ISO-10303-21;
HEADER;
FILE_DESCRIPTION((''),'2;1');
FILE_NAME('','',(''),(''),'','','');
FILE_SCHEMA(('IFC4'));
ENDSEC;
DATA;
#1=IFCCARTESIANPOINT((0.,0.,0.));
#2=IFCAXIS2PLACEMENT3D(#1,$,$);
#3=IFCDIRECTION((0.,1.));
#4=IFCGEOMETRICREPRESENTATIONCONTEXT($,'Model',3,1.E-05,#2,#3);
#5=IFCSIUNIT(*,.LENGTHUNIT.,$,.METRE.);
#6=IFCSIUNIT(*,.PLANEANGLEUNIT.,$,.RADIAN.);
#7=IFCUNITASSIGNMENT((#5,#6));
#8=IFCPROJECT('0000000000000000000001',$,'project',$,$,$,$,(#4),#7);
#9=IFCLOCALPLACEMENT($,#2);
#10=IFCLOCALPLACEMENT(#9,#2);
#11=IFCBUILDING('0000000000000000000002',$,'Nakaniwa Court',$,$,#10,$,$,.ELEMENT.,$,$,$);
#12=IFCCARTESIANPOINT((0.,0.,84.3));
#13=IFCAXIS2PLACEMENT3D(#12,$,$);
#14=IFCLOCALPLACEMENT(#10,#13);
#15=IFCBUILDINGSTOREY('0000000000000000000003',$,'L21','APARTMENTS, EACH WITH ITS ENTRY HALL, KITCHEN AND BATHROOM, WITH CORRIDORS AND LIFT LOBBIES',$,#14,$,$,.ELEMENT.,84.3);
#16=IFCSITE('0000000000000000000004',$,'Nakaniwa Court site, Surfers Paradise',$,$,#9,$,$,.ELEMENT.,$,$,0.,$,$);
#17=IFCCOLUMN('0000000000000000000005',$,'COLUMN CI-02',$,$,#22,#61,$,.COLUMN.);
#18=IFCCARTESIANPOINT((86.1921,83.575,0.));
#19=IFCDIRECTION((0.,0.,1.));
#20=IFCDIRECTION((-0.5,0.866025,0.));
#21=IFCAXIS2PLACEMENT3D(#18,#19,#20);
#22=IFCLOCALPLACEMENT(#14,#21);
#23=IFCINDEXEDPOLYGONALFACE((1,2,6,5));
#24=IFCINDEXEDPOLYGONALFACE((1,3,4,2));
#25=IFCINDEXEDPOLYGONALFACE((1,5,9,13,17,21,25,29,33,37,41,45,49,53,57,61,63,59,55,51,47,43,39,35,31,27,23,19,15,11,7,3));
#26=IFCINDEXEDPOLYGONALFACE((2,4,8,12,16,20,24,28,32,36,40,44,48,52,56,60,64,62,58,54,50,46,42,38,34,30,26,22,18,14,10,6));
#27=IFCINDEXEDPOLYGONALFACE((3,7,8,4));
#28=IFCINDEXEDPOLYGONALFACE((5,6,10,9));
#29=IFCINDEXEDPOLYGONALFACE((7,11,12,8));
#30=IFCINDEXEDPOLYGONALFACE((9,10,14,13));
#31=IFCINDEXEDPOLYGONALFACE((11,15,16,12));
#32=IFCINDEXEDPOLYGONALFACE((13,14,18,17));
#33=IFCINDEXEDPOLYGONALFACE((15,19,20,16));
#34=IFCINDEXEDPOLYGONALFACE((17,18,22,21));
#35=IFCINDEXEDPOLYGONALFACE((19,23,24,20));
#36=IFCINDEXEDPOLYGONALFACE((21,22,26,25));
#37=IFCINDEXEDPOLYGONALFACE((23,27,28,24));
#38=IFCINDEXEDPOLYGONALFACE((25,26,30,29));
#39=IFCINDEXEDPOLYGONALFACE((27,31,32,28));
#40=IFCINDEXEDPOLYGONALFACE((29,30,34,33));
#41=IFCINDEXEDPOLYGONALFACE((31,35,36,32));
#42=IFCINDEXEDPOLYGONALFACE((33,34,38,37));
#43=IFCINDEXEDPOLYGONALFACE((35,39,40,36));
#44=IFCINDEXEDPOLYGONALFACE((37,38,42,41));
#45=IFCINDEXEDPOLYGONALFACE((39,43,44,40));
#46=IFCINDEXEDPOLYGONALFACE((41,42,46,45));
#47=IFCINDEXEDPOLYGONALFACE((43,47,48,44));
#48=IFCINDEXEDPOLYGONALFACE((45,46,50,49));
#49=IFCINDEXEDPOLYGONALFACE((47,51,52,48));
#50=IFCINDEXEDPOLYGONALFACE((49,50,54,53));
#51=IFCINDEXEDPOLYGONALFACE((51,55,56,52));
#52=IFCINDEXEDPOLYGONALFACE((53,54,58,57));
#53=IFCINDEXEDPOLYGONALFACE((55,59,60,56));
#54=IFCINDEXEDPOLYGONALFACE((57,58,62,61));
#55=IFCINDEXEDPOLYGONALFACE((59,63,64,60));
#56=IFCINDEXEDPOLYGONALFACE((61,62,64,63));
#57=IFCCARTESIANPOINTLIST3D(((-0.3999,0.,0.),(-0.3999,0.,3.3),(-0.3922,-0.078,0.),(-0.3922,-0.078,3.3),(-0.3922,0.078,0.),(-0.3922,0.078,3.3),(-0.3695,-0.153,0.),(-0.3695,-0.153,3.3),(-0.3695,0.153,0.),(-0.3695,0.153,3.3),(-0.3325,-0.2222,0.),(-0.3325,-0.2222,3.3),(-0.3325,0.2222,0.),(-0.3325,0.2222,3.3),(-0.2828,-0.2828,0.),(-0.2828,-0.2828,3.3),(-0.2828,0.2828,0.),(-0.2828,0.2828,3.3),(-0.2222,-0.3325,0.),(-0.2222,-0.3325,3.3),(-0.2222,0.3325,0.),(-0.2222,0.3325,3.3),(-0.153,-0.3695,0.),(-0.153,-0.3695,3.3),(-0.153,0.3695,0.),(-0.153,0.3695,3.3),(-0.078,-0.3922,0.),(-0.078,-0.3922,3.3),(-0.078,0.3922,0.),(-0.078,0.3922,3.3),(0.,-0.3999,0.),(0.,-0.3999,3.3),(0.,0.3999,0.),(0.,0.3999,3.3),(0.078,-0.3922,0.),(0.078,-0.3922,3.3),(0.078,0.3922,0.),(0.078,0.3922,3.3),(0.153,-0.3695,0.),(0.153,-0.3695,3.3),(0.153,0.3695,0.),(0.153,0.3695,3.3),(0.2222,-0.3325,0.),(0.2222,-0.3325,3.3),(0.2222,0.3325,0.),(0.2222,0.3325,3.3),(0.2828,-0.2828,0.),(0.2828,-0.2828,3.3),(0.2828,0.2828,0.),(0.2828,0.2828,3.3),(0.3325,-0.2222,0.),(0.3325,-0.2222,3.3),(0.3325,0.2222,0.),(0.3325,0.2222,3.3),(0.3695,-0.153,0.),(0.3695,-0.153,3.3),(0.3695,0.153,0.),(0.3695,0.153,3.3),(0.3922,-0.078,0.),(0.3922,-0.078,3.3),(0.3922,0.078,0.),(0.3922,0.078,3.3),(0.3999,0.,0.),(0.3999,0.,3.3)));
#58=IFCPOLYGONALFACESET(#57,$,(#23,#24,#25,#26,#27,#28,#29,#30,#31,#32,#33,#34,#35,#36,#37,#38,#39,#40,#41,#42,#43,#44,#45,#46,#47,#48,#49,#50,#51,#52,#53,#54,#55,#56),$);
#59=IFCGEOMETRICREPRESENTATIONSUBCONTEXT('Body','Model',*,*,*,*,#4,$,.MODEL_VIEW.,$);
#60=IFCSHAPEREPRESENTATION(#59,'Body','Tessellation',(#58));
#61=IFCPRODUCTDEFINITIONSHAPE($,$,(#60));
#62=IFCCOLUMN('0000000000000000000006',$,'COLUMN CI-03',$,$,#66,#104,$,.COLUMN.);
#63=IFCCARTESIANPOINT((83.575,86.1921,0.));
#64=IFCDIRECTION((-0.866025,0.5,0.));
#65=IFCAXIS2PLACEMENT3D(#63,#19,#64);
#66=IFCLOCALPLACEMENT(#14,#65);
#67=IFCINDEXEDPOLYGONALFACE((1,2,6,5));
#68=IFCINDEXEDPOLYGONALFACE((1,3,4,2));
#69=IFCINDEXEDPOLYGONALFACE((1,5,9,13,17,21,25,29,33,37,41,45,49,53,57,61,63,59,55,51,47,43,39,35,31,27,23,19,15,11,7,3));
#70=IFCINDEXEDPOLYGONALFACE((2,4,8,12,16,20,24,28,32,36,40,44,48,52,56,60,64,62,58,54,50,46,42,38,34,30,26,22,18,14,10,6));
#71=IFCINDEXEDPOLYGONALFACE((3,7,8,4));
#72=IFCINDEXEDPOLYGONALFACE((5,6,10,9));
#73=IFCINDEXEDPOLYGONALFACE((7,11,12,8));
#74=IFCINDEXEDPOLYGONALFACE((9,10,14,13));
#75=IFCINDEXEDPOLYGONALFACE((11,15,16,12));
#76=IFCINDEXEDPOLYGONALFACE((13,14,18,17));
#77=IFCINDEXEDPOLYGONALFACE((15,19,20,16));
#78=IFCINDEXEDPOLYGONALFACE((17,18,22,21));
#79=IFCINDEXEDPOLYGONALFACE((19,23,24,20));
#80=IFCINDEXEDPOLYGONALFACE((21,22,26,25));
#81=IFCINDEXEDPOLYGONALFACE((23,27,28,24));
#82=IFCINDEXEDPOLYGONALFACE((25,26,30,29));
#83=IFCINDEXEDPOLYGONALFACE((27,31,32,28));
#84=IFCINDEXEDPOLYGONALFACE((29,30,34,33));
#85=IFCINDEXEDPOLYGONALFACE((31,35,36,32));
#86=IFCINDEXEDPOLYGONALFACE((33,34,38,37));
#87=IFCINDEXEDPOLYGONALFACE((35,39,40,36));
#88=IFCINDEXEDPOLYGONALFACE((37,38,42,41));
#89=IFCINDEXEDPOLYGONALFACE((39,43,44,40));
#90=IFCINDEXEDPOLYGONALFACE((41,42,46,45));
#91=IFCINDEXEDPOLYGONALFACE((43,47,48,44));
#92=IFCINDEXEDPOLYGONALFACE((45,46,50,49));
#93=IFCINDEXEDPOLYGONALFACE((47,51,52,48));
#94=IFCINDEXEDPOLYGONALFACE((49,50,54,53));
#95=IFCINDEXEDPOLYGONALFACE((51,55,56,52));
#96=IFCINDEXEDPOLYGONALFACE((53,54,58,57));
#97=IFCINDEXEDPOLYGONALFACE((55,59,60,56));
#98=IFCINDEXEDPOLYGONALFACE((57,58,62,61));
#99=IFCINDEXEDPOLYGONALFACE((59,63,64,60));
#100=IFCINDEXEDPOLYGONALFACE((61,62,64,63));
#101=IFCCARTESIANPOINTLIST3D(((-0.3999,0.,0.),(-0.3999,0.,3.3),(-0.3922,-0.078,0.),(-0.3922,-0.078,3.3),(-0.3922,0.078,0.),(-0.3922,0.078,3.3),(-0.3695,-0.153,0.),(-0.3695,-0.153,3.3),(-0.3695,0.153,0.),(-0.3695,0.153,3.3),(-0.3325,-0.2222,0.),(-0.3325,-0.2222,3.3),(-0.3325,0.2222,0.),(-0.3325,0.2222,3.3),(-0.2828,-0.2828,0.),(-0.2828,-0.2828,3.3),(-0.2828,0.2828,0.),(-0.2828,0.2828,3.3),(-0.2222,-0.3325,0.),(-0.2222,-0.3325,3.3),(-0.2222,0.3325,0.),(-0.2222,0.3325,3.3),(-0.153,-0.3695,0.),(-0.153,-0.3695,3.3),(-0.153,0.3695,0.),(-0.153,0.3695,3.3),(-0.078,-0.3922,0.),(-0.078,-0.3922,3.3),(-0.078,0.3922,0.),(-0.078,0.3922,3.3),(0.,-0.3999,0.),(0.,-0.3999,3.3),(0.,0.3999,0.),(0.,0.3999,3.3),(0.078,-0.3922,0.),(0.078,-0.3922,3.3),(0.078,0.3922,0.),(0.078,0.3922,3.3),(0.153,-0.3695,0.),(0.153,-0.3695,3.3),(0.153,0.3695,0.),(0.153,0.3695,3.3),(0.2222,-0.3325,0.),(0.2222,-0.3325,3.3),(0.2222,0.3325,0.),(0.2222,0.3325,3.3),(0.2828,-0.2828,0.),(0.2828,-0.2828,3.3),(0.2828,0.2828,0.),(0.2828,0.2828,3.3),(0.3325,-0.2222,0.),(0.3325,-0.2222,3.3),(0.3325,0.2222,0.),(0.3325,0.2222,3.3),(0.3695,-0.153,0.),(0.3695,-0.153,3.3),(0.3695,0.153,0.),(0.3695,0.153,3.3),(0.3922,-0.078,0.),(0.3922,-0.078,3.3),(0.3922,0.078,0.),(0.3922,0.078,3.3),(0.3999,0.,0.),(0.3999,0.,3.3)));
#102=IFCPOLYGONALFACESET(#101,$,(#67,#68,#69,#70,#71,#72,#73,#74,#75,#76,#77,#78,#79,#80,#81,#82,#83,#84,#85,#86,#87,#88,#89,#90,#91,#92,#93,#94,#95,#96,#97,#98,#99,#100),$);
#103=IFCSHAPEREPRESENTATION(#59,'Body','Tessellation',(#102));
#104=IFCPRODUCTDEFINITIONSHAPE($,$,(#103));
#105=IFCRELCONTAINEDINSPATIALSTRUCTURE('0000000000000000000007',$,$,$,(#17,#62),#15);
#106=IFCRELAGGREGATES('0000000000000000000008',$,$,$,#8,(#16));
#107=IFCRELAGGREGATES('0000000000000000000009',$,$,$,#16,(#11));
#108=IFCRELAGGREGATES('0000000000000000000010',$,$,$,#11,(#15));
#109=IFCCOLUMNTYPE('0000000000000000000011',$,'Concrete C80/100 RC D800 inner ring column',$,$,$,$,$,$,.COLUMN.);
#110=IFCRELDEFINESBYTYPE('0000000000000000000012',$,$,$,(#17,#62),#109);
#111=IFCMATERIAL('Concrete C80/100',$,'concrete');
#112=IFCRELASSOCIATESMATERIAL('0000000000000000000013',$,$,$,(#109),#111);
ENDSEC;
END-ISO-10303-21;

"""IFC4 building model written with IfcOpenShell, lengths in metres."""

from ifc_helpers import new_model, si_unit, direction, frame, origin, origin_2d, place, context, subcontext, project, spatial, circle, extrude, material, material_profile, profile_set, type_object, element, save


model = new_model("IFC4")

# Units and contexts
model_context = context("Model", 3, precision=1e-05, world=origin(), true_north=direction((0.0, 1.0)))
body_context = subcontext(model_context, "Body", "Model", "MODEL_VIEW")
ifc_project = project(units=[si_unit("LENGTHUNIT", "METRE"), si_unit("PLANEANGLEUNIT", "RADIAN")], contexts=[model_context])

# Site, building, storey
site_placement = place(None, origin())
site = spatial("IfcSite", under=ifc_project, at=site_placement, Name="Nakaniwa Court site, Surfers Paradise", CompositionType="ELEMENT", RefElevation=0.0)
building_placement = place(site_placement, origin())
building = spatial("IfcBuilding", under=site, at=building_placement, Name="Nakaniwa Court", CompositionType="ELEMENT")
storey_placement = place(building_placement, frame((0.0, 0.0, 84.3)))
storey = spatial("IfcBuildingStorey", under=building, at=storey_placement, Name="L21", Description="APARTMENTS, EACH WITH ITS ENTRY HALL, KITCHEN AND BATHROOM, WITH CORRIDORS AND LIFT LOBBIES", CompositionType="ELEMENT", Elevation=84.3)

# Columns
ifc_material_1 = material(Name="Concrete C80/100", Category="concrete")
ifc_material_profile_1 = material_profile(ifc_material_1, circle(Radius=0.3999, at=origin_2d()), Name="Concrete C80/100 RC D800 inner ring column")
ifc_profile_set_1 = profile_set([ifc_material_profile_1], Name="Concrete C80/100")
column_type_1 = type_object("IfcColumnType", Name="Concrete C80/100 RC D800 inner ring column", PredefinedType="COLUMN", material=ifc_profile_set_1)
for number, where, z_axis, x_axis, name in (
    (1, (86.1921, 83.575, 0.0), (0.0, 0.0, 1.0), (-0.5, 0.866025, 0.0), "COLUMN CI-02"),
    (2, (83.575, 86.1921, 0.0), (0.0, 0.0, 1.0), (-0.866025, 0.5, 0.0), "COLUMN CI-03"),
):
    element("IfcColumn", number, at=place(storey_placement, frame(where, z_axis=z_axis, x_axis=x_axis)), inside=storey, type_object=column_type_1, Name=name, PredefinedType="COLUMN", context=body_context, shape_type="SweptSolid", body=[
        extrude(circle(Radius=0.3999, at=origin_2d()), origin(), (0.0, 0.0, 1.0), 3.3),
    ])

save(model, "model.ifc")
